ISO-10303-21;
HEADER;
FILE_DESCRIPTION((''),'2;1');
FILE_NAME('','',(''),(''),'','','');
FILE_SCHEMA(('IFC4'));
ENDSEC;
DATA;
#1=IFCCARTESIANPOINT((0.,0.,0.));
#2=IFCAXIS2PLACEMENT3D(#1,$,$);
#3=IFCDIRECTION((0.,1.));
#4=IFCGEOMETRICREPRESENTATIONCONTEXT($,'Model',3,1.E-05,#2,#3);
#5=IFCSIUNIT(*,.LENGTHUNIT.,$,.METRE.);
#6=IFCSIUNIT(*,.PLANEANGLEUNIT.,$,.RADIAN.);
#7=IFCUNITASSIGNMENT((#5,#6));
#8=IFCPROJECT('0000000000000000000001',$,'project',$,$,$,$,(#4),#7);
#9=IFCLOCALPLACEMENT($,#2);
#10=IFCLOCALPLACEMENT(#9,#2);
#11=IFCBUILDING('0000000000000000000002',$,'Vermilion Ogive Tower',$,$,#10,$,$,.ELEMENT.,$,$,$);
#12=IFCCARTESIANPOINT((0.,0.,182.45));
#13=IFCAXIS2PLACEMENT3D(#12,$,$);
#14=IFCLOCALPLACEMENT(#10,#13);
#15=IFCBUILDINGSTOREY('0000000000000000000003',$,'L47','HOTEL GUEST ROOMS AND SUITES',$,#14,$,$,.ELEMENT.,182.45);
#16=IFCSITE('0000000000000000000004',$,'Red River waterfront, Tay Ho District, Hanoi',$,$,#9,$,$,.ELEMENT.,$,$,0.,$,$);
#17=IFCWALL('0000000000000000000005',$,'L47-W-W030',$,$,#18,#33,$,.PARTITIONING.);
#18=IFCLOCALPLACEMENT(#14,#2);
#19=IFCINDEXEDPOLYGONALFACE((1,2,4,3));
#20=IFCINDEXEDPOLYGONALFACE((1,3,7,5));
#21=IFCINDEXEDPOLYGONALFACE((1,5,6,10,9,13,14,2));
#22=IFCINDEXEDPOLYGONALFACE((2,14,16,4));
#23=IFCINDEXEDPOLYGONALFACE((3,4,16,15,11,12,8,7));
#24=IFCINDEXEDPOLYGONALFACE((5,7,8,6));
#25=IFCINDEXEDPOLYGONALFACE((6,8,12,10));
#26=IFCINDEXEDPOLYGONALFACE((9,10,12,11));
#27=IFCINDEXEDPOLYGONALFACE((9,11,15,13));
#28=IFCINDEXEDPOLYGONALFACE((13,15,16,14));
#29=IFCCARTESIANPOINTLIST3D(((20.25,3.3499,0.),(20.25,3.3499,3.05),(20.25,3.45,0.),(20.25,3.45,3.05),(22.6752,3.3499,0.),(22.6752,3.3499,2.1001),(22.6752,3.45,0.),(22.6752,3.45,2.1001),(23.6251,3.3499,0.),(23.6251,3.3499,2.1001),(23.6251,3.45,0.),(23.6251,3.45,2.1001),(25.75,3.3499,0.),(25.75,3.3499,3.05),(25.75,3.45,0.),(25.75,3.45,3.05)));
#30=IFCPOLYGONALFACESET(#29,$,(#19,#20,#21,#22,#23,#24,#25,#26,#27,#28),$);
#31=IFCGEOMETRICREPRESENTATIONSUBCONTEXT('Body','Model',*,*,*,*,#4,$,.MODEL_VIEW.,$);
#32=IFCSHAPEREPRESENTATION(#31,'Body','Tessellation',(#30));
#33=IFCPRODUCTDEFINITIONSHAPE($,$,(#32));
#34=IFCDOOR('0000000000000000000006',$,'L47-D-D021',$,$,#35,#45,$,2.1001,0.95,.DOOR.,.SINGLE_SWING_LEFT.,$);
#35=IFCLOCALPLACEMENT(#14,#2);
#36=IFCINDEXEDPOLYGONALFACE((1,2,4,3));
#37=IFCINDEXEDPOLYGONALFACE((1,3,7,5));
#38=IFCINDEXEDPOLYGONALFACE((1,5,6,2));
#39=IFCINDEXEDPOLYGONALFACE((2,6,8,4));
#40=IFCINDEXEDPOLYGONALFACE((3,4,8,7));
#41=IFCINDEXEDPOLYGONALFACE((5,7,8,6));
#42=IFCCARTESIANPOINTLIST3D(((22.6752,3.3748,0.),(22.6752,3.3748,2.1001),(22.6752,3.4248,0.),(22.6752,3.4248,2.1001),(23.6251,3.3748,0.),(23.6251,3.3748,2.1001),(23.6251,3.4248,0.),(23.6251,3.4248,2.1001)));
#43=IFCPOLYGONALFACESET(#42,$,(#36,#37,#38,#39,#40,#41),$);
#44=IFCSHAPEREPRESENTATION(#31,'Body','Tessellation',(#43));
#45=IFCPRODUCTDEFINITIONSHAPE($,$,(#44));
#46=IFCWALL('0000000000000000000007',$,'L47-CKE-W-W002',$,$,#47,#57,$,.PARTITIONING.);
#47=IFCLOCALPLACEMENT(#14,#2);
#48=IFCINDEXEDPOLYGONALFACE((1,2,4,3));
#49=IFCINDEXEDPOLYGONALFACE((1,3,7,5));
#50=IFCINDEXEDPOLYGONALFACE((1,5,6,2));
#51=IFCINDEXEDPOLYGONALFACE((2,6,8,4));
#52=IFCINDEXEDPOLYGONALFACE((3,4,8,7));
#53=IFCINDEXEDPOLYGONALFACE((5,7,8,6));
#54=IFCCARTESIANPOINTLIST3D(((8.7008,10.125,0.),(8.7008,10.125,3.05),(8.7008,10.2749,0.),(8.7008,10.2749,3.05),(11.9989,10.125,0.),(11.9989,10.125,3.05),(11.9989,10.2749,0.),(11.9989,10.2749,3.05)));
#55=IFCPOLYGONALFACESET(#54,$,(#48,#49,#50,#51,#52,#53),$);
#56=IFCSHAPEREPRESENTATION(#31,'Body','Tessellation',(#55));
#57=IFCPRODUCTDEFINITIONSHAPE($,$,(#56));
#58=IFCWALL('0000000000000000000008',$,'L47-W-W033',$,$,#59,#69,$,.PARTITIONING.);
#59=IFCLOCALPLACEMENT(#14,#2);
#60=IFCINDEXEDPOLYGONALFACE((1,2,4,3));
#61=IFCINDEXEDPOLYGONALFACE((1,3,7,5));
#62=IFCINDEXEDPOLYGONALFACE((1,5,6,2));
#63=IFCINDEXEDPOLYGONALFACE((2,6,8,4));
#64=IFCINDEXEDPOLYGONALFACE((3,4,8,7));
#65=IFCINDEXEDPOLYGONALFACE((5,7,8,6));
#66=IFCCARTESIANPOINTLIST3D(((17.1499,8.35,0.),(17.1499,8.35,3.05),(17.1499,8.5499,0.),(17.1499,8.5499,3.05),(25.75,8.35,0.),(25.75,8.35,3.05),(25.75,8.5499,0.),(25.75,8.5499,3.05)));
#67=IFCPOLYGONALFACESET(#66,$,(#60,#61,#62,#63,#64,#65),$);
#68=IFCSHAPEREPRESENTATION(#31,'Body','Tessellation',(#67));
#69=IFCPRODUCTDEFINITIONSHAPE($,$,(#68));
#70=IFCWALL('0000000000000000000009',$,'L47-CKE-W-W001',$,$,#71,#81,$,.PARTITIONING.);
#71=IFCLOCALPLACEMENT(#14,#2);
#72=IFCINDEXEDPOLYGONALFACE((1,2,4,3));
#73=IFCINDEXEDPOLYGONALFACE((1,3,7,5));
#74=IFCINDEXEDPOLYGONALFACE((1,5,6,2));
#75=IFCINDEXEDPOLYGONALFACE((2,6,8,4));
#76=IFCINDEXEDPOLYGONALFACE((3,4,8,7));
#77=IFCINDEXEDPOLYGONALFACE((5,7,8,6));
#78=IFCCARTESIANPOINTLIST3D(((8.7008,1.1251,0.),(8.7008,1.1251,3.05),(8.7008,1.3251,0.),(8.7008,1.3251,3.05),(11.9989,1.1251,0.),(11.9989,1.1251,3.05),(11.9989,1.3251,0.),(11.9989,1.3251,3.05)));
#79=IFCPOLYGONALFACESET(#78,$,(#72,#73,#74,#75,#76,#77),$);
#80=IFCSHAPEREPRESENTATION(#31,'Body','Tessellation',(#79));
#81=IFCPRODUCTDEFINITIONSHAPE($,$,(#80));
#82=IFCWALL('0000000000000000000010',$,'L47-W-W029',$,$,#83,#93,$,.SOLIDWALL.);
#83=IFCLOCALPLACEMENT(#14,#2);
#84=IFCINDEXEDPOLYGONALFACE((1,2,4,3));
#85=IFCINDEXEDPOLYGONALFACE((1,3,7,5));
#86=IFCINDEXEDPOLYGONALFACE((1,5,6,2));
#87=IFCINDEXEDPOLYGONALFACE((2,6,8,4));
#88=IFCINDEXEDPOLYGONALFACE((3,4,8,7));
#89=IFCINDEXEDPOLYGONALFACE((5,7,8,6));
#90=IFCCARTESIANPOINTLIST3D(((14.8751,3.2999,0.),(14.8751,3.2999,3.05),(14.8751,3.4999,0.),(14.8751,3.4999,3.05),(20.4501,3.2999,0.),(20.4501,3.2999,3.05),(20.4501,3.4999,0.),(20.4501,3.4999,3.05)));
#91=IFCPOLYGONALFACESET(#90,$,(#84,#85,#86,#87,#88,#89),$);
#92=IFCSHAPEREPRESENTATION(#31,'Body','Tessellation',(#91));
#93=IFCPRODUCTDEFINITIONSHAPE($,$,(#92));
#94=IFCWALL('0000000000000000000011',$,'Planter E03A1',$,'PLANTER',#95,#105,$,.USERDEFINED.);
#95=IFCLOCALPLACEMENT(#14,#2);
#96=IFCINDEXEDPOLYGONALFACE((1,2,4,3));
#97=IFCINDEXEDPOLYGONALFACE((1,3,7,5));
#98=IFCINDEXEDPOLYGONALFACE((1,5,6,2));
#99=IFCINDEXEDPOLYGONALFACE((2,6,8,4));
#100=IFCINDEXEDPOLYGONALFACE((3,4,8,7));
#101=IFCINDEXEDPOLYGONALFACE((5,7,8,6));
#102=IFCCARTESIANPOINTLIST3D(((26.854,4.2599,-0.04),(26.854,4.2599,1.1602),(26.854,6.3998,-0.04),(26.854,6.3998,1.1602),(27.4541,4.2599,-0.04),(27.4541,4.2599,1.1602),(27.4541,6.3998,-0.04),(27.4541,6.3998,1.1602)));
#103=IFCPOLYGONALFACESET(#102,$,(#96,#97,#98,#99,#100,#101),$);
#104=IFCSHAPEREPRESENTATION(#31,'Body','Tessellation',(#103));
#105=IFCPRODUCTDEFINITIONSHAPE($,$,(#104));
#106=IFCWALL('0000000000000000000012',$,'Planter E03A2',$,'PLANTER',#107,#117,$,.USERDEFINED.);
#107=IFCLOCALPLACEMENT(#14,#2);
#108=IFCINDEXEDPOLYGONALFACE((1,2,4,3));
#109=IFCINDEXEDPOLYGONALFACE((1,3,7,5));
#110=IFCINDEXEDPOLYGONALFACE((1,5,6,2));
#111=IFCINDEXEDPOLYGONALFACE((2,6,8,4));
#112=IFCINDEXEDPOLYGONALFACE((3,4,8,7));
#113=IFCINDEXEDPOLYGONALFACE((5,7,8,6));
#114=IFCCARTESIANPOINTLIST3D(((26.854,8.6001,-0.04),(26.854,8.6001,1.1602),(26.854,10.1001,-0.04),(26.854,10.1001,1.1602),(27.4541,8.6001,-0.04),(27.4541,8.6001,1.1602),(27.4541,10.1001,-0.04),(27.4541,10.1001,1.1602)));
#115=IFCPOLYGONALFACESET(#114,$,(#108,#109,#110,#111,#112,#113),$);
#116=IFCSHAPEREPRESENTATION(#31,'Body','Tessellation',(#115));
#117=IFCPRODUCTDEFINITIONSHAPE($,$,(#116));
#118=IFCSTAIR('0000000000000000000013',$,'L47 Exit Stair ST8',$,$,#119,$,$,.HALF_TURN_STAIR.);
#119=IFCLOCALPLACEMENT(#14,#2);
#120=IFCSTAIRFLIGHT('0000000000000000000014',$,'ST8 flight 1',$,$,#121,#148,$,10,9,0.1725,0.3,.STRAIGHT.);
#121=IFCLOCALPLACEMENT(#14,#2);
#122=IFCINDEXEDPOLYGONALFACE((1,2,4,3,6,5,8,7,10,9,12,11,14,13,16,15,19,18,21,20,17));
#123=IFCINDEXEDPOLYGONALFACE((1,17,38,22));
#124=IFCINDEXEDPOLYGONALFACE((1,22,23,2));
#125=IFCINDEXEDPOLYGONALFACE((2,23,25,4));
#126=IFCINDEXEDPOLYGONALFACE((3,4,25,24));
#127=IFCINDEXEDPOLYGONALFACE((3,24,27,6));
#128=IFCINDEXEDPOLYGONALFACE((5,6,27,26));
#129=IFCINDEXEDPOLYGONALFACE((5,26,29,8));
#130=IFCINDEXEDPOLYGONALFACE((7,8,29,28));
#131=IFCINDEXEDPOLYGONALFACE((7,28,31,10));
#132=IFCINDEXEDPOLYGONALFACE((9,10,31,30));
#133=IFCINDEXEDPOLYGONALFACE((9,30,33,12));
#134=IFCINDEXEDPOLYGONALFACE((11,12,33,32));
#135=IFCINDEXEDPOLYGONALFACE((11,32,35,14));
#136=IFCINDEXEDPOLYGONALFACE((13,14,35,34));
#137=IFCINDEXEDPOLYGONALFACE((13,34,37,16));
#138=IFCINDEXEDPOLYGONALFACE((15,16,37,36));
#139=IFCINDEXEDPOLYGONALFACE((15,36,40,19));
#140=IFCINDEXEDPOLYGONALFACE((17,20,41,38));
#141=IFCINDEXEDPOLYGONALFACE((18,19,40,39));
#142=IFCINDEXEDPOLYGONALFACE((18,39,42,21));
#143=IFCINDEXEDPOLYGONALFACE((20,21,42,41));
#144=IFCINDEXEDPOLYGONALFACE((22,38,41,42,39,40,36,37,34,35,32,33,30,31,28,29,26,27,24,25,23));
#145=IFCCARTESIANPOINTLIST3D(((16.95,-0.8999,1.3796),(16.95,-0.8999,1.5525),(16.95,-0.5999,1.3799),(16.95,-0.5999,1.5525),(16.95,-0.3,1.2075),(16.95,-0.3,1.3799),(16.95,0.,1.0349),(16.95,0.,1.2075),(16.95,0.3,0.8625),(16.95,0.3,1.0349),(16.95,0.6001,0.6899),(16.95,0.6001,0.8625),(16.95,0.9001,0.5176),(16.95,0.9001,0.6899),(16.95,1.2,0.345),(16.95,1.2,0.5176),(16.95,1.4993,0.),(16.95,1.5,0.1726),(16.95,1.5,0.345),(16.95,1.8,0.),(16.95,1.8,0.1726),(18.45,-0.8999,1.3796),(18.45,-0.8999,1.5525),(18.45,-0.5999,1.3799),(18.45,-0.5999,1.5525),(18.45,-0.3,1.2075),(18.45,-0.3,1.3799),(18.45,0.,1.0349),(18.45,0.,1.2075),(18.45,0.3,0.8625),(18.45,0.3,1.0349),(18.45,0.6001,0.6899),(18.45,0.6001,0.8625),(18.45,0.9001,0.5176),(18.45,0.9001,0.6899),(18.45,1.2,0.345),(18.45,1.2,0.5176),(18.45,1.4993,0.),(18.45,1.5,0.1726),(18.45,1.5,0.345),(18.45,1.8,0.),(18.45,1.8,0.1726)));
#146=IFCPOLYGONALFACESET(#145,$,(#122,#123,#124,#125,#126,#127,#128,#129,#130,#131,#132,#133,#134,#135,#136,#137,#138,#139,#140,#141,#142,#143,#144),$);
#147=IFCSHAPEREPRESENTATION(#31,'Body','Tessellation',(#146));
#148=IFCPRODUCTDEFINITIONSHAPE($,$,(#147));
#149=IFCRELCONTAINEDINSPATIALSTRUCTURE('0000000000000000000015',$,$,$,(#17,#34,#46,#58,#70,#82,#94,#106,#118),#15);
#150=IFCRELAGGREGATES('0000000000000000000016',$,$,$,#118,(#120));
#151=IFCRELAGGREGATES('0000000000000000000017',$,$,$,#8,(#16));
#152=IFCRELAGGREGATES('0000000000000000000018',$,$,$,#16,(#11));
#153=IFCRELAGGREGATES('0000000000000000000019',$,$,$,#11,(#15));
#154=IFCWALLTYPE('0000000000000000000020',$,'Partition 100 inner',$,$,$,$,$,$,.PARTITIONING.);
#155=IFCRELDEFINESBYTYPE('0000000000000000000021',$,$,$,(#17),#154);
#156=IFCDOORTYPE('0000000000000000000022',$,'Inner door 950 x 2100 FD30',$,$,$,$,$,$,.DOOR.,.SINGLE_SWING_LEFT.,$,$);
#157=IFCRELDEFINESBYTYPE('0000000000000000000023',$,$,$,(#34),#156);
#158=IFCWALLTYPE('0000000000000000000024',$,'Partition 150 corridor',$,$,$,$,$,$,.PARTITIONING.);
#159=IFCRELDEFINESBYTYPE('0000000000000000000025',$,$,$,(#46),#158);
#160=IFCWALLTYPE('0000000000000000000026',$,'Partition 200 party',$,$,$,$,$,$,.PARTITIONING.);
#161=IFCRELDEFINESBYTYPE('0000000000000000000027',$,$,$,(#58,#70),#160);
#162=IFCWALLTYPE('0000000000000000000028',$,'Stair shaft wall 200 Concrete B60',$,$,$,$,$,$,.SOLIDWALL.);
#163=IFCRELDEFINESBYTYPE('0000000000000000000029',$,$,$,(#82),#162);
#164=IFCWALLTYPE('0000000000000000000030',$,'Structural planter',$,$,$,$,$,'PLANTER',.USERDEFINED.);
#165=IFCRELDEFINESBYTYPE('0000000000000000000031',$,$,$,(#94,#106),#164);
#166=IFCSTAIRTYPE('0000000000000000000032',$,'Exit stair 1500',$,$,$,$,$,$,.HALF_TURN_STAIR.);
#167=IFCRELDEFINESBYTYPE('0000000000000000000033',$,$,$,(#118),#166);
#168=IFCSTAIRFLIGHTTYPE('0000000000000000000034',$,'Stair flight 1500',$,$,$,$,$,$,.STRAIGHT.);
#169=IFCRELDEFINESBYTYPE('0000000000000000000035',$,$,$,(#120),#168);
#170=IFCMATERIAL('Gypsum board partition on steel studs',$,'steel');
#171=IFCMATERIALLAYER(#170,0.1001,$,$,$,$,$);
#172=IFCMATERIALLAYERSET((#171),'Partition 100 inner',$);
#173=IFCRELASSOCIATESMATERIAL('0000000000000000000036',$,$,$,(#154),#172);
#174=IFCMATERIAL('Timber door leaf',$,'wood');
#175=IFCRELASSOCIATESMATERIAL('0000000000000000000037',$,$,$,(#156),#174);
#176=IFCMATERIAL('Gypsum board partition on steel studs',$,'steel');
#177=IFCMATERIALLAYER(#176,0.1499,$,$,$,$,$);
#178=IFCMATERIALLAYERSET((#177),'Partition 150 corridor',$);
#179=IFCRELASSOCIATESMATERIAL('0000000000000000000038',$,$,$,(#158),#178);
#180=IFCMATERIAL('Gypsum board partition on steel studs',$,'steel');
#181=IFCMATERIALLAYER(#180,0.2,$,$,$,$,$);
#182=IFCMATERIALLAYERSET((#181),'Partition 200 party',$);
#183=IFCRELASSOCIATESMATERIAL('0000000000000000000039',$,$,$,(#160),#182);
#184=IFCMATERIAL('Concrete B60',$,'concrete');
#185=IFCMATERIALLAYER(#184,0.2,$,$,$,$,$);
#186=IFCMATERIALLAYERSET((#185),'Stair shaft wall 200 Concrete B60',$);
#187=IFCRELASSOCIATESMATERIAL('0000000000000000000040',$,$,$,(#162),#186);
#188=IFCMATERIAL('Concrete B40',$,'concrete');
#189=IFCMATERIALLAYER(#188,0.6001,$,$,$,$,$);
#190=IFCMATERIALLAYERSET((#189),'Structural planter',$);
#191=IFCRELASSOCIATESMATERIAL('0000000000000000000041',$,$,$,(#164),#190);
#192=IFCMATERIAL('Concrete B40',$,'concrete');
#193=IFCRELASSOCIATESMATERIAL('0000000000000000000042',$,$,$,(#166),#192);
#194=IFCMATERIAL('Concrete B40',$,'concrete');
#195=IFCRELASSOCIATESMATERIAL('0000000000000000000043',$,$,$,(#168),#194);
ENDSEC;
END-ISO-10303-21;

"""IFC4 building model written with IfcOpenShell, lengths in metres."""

from ifc_helpers import new_model, si_unit, direction, frame, frame_2d, origin, place, context, subcontext, project, spatial, polyline, rectangle, outline, extrude, material, layer, layer_set, type_object, element, fill, aggregate, save


model = new_model("IFC4")

# Units and contexts
model_context = context("Model", 3, precision=1e-05, world=origin(), true_north=direction((0.0, 1.0)))
body_context = subcontext(model_context, "Body", "Model", "MODEL_VIEW")
ifc_project = project(units=[si_unit("LENGTHUNIT", "METRE"), si_unit("PLANEANGLEUNIT", "RADIAN")], contexts=[model_context])

# Site, building, storey
site_placement = place(None, origin())
site = spatial("IfcSite", under=ifc_project, at=site_placement, Name="Red River waterfront, Tay Ho District, Hanoi", CompositionType="ELEMENT", RefElevation=0.0)
building_placement = place(site_placement, origin())
building = spatial("IfcBuilding", under=site, at=building_placement, Name="Vermilion Ogive Tower", CompositionType="ELEMENT")
storey_placement = place(building_placement, frame((0.0, 0.0, 182.45)))
storey = spatial("IfcBuildingStorey", under=building, at=storey_placement, Name="L47", Description="HOTEL GUEST ROOMS AND SUITES", CompositionType="ELEMENT", Elevation=182.45)

# Wall, opening, door
ifc_material_1 = material(Name="Gypsum board partition on steel studs", Category="steel")
ifc_layer_1 = layer(ifc_material_1, 0.1001)
ifc_layer_set_1 = layer_set([ifc_layer_1], Name="Partition 100 inner")
wall_type_1 = type_object("IfcWallType", Name="Partition 100 inner", PredefinedType="PARTITIONING", material=ifc_layer_set_1)
wall_1_placement = place(storey_placement, frame((20.25, 3.3999, 0.0), z_axis=(0.0, 0.0, 1.0), x_axis=(1.0, 0.0, 0.0)))
wall_1 = element("IfcWall", 1, at=wall_1_placement, inside=storey, type_object=wall_type_1, Name="L47-W-W030", PredefinedType="PARTITIONING", context=body_context, shape_type="SweptSolid", body=[
    extrude(rectangle(XDim=5.5, YDim=0.1001, at=frame_2d((2.75, 0.0))), origin(), (0.0, 0.0, 1.0), 3.05),
])
opening_1_placement = place(wall_1_placement, frame((2.425, 0.0, 0.0)))
opening_1 = element("IfcOpeningElement", 2, at=opening_1_placement, cuts=wall_1, PredefinedType="OPENING", context=body_context, shape_type="SweptSolid", body=[
    extrude(rectangle(XDim=0.95, YDim=2.1001, at=frame_2d((0.4751, 1.05))), frame((0.0, 0.0601, 0.0), z_axis=(0.0, -1.0, 0.0), x_axis=(1.0, 0.0, 0.0)), (0.0, 0.0, 1.0), 0.1201),
])
ifc_material_2 = material(Name="Timber door leaf", Category="wood")
door_type_1 = type_object("IfcDoorType", Name="Inner door 950 x 2100 FD30", OperationType="SINGLE_SWING_LEFT", PredefinedType="DOOR", material=ifc_material_2)
door_1_placement = place(opening_1_placement, origin())
door_1 = element("IfcDoor", 3, at=door_1_placement, inside=storey, type_object=door_type_1, Name="L47-D-D021", OperationType="SINGLE_SWING_LEFT", OverallHeight=2.1001, OverallWidth=0.95, PredefinedType="DOOR", context=body_context, shape_type="SweptSolid", body=[
    extrude(rectangle(XDim=0.95, YDim=2.1001, at=frame_2d((0.4751, 1.05))), frame((0.0, 0.0249, 0.0), z_axis=(0.0, -1.0, 0.0), x_axis=(1.0, 0.0, 0.0)), (0.0, 0.0, 1.0), 0.05),
])
fill(opening_1, door_1)

# Walls
ifc_material_3 = material(Name="Gypsum board partition on steel studs", Category="steel")
ifc_layer_2 = layer(ifc_material_3, 0.1499)
ifc_layer_set_2 = layer_set([ifc_layer_2], Name="Partition 150 corridor")
wall_type_2 = type_object("IfcWallType", Name="Partition 150 corridor", PredefinedType="PARTITIONING", material=ifc_layer_set_2)
wall_2_placement = place(storey_placement, frame((8.7009, 10.2, 0.0), z_axis=(0.0, 0.0, 1.0), x_axis=(1.0, 0.0, 0.0)))
element("IfcWall", 4, at=wall_2_placement, inside=storey, type_object=wall_type_2, Name="L47-CKE-W-W002", PredefinedType="PARTITIONING", context=body_context, shape_type="SweptSolid", body=[
    extrude(rectangle(XDim=3.2981, YDim=0.1499, at=frame_2d((1.6489, 0.0))), origin(), (0.0, 0.0, 1.0), 3.05),
])
ifc_material_4 = material(Name="Gypsum board partition on steel studs", Category="steel")
ifc_layer_3 = layer(ifc_material_4, 0.2)
ifc_layer_set_3 = layer_set([ifc_layer_3], Name="Partition 200 party")
wall_type_3 = type_object("IfcWallType", Name="Partition 200 party", PredefinedType="PARTITIONING", material=ifc_layer_set_3)
wall_3_placement = place(storey_placement, frame((17.1499, 8.45, 0.0), z_axis=(0.0, 0.0, 1.0), x_axis=(1.0, 0.0, 0.0)))
element("IfcWall", 5, at=wall_3_placement, inside=storey, type_object=wall_type_3, Name="L47-W-W033", PredefinedType="PARTITIONING", context=body_context, shape_type="SweptSolid", body=[
    extrude(rectangle(XDim=8.6001, YDim=0.2, at=frame_2d((4.3, 0.0))), origin(), (0.0, 0.0, 1.0), 3.05),
])
wall_4_placement = place(storey_placement, frame((8.7009, 1.2251, 0.0), z_axis=(0.0, 0.0, 1.0), x_axis=(1.0, 0.0, 0.0)))
element("IfcWall", 6, at=wall_4_placement, inside=storey, type_object=wall_type_3, Name="L47-CKE-W-W001", PredefinedType="PARTITIONING", context=body_context, shape_type="SweptSolid", body=[
    extrude(rectangle(XDim=3.2981, YDim=0.2, at=frame_2d((1.6489, 0.0))), origin(), (0.0, 0.0, 1.0), 3.05),
])
ifc_material_5 = material(Name="Concrete B60", Category="concrete")
ifc_layer_4 = layer(ifc_material_5, 0.2)
ifc_layer_set_4 = layer_set([ifc_layer_4], Name="Stair shaft wall 200 Concrete B60")
wall_type_4 = type_object("IfcWallType", Name="Stair shaft wall 200 Concrete B60", PredefinedType="SOLIDWALL", material=ifc_layer_set_4)
wall_5_placement = place(storey_placement, frame((14.875, 3.3999, 0.0), z_axis=(0.0, 0.0, 1.0), x_axis=(1.0, 0.0, 0.0)))
element("IfcWall", 7, at=wall_5_placement, inside=storey, type_object=wall_type_4, Name="L47-W-W029", PredefinedType="SOLIDWALL", context=body_context, shape_type="SweptSolid", body=[
    extrude(rectangle(XDim=5.575, YDim=0.2, at=frame_2d((2.7876, 0.0))), origin(), (0.0, 0.0, 1.0), 3.05),
])
ifc_material_6 = material(Name="Concrete B40", Category="concrete")
ifc_layer_5 = layer(ifc_material_6, 0.6001)
ifc_layer_set_5 = layer_set([ifc_layer_5], Name="Structural planter")
wall_type_5 = type_object("IfcWallType", Name="Structural planter", ElementType="PLANTER", PredefinedType="USERDEFINED", material=ifc_layer_set_5)
wall_6_placement = place(storey_placement, frame((27.1541, 4.26, -0.04), z_axis=(0.0, 0.0, 1.0), x_axis=(0.0, 1.0, 0.0)))
element("IfcWall", 8, at=wall_6_placement, inside=storey, type_object=wall_type_5, Name="Planter E03A1", ObjectType="PLANTER", PredefinedType="USERDEFINED", context=body_context, shape_type="SweptSolid", body=[
    extrude(rectangle(XDim=2.1399, YDim=0.6001, at=frame_2d((1.0698, 0.0))), origin(), (0.0, 0.0, 1.0), 1.2002),
])
wall_7_placement = place(storey_placement, frame((27.1541, 8.6001, -0.04), z_axis=(0.0, 0.0, 1.0), x_axis=(0.0, 1.0, 0.0)))
element("IfcWall", 9, at=wall_7_placement, inside=storey, type_object=wall_type_5, Name="Planter E03A2", ObjectType="PLANTER", PredefinedType="USERDEFINED", context=body_context, shape_type="SweptSolid", body=[
    extrude(rectangle(XDim=1.5, YDim=0.6001, at=frame_2d((0.75, 0.0))), origin(), (0.0, 0.0, 1.0), 1.2002),
])

# Stair, stair flight
ifc_material_7 = material(Name="Concrete B40", Category="concrete")
stair_type = type_object("IfcStairType", Name="Exit stair 1500", PredefinedType="HALF_TURN_STAIR", material=ifc_material_7)
stair_placement = place(storey_placement, origin())
stair = element("IfcStair", 10, at=stair_placement, inside=storey, type_object=stair_type, Name="L47 Exit Stair ST8", PredefinedType="HALF_TURN_STAIR")
ifc_material_8 = material(Name="Concrete B40", Category="concrete")
stair_flight_type = type_object("IfcStairFlightType", Name="Stair flight 1500", PredefinedType="STRAIGHT", material=ifc_material_8)
stair_flight_placement = place(storey_placement, frame((17.7, 1.8, 0.0), z_axis=(0.0, 0.0, 1.0), x_axis=(0.0, -1.0, 0.0)))
stair_flight = element("IfcStairFlight", 11, at=stair_flight_placement, type_object=stair_flight_type, Name="ST8 flight 1", NumberOfRisers=10, NumberOfTreads=9, PredefinedType="STRAIGHT", RiserHeight=0.1725, TreadLength=0.3, context=body_context, shape_type="SweptSolid", body=[
    extrude(outline(polyline([(0.0, 0.0), (0.0, 0.1726), (0.3, 0.1726), (0.3, 0.345), (0.6001, 0.345), (0.6001, 0.5176), (0.8999, 0.5176), (0.8999, 0.6899), (1.2, 0.6899), (1.2, 0.8625), (1.5, 0.8625), (1.5, 1.0349), (1.8, 1.0349), (1.8, 1.2075), (2.1001, 1.2075), (2.1001, 1.3799), (2.3999, 1.3799), (2.3999, 1.5525), (2.7, 1.5525), (2.7, 1.7251), (2.7, 1.3796), (0.3008, 0.0), (0.0, 0.0)])), frame((0.0, 0.75, 0.0), z_axis=(0.0, -1.0, 0.0), x_axis=(1.0, 0.0, 0.0)), (0.0, 0.0, 1.0), 1.5),
])
aggregate(stair, [stair_flight])

save(model, "model.ifc")
